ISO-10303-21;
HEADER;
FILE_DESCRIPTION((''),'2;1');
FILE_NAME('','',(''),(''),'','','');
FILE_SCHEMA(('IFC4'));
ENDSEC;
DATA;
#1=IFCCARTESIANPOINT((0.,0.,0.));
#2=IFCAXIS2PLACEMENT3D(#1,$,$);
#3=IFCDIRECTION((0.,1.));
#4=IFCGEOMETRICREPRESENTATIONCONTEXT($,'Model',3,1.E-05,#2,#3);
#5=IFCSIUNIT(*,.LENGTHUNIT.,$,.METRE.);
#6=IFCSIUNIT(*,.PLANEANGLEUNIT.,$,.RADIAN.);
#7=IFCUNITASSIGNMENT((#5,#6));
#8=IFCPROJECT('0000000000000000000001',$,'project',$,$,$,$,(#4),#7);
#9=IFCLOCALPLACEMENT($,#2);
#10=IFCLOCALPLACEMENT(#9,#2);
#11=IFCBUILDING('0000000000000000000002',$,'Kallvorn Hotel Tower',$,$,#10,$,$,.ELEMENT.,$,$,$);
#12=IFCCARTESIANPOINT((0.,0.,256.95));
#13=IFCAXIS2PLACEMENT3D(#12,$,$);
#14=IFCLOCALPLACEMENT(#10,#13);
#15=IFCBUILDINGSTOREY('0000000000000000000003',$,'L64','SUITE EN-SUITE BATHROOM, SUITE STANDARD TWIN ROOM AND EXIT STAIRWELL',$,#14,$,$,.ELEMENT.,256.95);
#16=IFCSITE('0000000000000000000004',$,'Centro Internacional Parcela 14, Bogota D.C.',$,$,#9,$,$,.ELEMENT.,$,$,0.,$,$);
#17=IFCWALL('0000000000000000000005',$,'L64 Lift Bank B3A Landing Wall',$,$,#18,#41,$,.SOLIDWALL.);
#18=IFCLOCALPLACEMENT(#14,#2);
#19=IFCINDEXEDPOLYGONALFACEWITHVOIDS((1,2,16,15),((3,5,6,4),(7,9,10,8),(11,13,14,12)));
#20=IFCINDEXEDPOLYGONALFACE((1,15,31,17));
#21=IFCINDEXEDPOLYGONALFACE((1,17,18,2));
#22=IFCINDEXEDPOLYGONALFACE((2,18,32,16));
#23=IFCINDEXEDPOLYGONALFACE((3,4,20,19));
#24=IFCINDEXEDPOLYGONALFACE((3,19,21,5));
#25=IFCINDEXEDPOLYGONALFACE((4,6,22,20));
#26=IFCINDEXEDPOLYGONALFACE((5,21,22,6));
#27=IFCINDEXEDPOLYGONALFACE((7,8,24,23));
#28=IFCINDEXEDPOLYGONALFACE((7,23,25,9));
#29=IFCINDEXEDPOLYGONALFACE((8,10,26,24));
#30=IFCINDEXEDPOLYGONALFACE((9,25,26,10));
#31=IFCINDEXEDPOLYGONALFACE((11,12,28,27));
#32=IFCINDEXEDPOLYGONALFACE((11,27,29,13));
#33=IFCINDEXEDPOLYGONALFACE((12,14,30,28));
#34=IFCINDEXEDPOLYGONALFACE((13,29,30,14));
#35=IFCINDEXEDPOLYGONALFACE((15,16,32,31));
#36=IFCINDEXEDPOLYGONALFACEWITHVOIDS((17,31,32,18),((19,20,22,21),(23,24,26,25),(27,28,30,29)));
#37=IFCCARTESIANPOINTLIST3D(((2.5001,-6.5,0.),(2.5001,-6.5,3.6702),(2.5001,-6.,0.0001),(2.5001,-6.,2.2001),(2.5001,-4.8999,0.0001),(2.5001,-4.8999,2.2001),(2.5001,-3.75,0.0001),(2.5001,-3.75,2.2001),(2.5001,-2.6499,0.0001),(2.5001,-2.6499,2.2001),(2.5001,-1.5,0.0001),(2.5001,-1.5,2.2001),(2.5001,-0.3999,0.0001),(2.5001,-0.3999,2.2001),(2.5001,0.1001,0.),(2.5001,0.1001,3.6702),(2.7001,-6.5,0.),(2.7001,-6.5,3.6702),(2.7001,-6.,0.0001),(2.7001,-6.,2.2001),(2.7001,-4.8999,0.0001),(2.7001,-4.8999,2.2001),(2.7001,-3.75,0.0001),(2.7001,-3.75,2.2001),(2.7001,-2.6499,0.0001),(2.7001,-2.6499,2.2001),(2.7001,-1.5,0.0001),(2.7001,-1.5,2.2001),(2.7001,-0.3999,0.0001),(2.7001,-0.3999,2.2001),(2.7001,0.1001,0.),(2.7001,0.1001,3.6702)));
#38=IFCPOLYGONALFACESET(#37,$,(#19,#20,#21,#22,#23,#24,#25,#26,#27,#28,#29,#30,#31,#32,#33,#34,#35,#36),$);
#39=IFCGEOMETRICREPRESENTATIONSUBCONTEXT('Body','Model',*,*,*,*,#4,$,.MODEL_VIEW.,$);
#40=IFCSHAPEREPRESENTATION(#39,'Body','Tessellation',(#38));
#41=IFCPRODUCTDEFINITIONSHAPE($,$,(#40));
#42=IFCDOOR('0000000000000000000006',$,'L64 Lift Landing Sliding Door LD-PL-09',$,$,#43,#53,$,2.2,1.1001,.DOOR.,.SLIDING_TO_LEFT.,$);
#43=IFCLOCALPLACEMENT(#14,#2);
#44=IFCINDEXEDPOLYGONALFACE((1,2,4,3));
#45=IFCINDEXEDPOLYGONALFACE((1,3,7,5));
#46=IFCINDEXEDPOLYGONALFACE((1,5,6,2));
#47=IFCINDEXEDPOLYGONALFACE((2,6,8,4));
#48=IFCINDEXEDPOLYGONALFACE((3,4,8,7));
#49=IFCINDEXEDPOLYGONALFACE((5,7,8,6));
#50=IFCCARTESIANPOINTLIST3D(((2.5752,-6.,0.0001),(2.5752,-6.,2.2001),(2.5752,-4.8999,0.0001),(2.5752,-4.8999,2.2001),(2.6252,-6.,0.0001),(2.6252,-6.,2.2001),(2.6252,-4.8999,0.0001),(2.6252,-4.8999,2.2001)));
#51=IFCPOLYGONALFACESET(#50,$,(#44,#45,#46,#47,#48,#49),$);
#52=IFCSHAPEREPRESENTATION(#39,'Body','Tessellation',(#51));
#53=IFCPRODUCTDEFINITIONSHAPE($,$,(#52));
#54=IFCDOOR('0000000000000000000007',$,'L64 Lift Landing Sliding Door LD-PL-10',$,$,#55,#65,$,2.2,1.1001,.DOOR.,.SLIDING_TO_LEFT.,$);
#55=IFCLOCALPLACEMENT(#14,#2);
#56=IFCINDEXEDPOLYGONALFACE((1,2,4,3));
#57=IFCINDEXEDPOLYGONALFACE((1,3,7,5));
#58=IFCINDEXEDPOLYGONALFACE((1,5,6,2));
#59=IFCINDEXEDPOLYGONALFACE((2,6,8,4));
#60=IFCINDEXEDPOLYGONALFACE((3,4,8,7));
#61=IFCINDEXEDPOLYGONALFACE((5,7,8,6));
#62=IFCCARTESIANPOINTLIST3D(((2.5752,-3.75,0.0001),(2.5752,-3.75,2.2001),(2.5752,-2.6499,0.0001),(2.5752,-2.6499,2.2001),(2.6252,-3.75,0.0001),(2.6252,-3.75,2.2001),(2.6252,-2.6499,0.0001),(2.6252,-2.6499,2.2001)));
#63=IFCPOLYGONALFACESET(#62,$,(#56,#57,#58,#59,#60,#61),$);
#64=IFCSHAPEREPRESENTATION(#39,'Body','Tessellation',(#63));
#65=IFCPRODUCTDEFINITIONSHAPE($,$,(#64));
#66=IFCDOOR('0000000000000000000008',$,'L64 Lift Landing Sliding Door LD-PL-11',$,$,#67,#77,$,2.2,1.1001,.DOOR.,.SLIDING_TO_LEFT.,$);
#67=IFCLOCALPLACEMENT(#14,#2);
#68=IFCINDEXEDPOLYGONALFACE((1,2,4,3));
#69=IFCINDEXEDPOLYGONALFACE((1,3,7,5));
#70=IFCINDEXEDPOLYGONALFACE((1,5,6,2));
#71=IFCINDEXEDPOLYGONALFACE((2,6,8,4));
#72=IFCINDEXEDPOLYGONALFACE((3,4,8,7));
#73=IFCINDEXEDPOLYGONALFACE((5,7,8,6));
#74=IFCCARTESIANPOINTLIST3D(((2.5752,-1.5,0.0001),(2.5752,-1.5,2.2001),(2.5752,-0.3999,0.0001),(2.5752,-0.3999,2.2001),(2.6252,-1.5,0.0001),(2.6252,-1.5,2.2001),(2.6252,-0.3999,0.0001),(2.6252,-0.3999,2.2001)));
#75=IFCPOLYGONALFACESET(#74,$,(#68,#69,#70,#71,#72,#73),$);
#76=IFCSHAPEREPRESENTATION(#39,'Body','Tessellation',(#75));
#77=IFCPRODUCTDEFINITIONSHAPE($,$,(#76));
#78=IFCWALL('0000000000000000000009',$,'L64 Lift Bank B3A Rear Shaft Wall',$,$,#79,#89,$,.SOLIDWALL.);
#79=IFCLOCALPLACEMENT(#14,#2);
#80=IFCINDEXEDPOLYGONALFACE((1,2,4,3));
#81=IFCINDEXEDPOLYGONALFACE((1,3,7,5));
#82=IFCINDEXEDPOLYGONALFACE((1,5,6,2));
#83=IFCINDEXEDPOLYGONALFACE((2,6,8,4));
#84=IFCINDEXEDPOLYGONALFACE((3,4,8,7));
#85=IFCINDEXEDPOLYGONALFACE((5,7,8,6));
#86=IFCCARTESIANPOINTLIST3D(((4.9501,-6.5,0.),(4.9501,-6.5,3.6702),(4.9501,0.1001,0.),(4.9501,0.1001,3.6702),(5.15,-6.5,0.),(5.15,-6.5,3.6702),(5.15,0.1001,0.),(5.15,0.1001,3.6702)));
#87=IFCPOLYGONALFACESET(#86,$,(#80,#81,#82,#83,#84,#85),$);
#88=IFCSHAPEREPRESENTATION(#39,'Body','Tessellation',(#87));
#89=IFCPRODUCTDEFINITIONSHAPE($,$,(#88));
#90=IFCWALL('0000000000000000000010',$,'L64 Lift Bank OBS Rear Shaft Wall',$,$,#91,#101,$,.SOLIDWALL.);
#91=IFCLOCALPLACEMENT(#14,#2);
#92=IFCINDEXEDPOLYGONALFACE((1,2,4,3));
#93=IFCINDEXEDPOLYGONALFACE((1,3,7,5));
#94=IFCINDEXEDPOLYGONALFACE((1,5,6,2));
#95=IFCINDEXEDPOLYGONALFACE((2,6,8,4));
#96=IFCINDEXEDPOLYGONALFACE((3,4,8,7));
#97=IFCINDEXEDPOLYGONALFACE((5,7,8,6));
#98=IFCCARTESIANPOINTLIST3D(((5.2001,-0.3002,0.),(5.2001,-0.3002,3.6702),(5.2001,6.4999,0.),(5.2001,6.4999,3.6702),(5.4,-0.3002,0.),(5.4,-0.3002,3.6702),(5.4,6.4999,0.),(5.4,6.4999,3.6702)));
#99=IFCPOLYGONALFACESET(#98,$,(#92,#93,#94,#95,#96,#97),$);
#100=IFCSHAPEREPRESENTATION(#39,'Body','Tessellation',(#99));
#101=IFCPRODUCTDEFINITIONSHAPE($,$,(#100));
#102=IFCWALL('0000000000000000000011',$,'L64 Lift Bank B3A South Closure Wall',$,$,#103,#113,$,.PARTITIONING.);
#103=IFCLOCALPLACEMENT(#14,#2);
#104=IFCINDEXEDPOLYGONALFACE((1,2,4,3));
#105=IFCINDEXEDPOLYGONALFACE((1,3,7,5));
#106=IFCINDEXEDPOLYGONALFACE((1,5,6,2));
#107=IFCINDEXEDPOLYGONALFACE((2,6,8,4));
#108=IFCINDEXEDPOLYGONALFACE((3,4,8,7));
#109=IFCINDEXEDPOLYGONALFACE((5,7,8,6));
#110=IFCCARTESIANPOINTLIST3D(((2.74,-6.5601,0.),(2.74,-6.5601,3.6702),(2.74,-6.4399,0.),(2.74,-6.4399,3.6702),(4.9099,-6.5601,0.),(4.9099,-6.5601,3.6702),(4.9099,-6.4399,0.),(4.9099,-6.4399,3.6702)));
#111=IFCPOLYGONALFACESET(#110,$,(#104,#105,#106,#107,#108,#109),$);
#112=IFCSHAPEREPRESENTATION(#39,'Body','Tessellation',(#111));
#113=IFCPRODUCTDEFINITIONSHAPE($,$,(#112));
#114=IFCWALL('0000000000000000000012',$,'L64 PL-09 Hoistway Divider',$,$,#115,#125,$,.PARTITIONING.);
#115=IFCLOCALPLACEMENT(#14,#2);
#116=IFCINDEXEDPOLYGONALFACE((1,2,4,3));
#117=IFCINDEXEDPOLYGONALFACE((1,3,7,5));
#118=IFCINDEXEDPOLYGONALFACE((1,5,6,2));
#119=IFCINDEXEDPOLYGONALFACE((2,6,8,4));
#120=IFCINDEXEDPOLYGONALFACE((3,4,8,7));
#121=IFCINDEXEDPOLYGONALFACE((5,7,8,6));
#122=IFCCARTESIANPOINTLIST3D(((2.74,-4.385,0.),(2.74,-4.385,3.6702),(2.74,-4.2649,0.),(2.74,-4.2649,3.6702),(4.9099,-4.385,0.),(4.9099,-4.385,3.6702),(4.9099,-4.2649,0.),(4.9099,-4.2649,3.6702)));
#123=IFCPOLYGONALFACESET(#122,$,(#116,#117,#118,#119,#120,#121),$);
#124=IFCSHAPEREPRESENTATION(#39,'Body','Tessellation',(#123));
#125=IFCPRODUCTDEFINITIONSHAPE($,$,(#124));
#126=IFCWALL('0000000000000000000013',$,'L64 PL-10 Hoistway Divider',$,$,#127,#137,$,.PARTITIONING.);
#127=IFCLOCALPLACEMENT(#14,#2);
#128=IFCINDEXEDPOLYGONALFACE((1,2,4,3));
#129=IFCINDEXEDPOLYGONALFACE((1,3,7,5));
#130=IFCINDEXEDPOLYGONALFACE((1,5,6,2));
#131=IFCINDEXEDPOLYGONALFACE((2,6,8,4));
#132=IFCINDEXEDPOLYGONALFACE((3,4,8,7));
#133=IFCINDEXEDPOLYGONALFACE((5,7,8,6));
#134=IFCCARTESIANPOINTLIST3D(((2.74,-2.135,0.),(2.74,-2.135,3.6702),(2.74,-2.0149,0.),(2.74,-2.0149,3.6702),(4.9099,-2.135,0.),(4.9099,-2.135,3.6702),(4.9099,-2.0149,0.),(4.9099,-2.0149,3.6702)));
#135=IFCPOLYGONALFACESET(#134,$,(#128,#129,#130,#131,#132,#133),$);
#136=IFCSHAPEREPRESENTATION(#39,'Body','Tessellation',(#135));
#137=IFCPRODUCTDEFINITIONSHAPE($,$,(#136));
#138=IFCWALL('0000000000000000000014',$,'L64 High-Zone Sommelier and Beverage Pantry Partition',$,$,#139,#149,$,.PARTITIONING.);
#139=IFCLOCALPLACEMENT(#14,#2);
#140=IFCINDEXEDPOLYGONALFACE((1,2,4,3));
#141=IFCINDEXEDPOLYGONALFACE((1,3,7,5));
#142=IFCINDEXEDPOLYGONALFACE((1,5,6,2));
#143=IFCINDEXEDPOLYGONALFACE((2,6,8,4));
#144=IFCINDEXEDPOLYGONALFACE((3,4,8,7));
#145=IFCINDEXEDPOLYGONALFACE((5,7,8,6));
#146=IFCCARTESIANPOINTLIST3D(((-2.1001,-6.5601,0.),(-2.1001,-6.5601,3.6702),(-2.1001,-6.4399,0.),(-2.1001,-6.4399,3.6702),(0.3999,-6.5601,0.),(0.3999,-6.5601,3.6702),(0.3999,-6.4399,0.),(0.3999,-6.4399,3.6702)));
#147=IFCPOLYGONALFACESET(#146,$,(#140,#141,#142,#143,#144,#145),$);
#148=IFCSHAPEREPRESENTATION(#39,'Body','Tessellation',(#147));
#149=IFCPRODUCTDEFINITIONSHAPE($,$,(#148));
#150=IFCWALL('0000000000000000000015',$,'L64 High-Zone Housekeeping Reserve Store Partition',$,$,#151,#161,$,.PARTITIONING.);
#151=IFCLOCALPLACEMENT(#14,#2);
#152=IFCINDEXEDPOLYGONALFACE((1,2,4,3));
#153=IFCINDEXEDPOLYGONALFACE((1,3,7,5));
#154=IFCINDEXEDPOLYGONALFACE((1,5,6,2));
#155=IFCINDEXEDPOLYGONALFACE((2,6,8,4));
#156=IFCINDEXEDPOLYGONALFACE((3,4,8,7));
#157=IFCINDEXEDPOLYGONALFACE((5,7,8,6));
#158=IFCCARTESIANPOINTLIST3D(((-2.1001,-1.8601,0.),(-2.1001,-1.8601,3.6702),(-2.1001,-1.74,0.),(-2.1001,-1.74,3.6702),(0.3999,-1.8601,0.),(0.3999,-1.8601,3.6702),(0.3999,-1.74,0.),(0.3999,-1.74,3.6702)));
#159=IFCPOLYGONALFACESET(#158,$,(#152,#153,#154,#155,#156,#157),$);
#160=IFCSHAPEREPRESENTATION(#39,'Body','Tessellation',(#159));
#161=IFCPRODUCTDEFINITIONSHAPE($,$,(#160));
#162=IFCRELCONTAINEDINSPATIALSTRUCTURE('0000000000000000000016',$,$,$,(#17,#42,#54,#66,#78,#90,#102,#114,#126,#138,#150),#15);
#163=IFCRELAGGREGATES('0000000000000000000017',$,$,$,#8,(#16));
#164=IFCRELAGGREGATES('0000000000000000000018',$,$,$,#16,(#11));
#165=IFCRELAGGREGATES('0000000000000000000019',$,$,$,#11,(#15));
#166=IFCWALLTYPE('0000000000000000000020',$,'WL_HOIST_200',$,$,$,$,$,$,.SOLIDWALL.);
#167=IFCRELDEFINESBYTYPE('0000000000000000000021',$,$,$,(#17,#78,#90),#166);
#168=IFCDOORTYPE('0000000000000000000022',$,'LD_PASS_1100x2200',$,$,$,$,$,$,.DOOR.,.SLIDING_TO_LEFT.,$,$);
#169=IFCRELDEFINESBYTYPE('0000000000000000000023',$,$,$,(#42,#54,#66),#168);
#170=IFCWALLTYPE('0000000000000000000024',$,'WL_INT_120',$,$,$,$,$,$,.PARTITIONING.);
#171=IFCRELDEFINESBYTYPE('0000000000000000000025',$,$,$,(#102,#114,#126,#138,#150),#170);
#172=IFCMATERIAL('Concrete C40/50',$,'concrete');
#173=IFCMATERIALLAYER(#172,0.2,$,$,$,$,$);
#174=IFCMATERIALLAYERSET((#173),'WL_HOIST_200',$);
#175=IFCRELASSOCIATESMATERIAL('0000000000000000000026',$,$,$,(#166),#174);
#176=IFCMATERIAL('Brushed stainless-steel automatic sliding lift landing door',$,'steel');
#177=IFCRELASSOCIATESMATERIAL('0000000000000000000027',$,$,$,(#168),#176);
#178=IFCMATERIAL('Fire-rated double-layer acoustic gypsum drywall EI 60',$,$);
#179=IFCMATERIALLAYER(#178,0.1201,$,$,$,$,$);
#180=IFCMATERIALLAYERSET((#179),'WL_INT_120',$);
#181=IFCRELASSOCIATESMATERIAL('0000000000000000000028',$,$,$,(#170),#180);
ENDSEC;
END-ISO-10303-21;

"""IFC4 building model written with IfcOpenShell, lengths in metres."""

from ifc_helpers import new_model, si_unit, direction, frame, frame_2d, origin, place, context, subcontext, project, spatial, rectangle, extrude, material, layer, layer_set, type_object, element, fill, save


model = new_model("IFC4")

# Units and contexts
model_context = context("Model", 3, precision=1e-05, world=origin(), true_north=direction((0.0, 1.0)))
body_context = subcontext(model_context, "Body", "Model", "MODEL_VIEW")
ifc_project = project(units=[si_unit("LENGTHUNIT", "METRE"), si_unit("PLANEANGLEUNIT", "RADIAN")], contexts=[model_context])

# Site, building, storey
site_placement = place(None, origin())
site = spatial("IfcSite", under=ifc_project, at=site_placement, Name="Centro Internacional Parcela 14, Bogota D.C.", CompositionType="ELEMENT", RefElevation=0.0)
building_placement = place(site_placement, origin())
building = spatial("IfcBuilding", under=site, at=building_placement, Name="Kallvorn Hotel Tower", CompositionType="ELEMENT")
storey_placement = place(building_placement, frame((0.0, 0.0, 256.95)))
storey = spatial("IfcBuildingStorey", under=building, at=storey_placement, Name="L64", Description="SUITE EN-SUITE BATHROOM, SUITE STANDARD TWIN ROOM AND EXIT STAIRWELL", CompositionType="ELEMENT", Elevation=256.95)

# Wall, openings, doors
ifc_material_1 = material(Name="Concrete C40/50", Category="concrete")
ifc_layer_1 = layer(ifc_material_1, 0.2)
ifc_layer_set_1 = layer_set([ifc_layer_1], Name="WL_HOIST_200")
wall_type_1 = type_object("IfcWallType", Name="WL_HOIST_200", PredefinedType="SOLIDWALL", material=ifc_layer_set_1)
wall_1_placement = place(storey_placement, frame((2.6001, -6.5, 0.0), z_axis=(0.0, 0.0, 1.0), x_axis=(0.0, 1.0, 0.0)))
wall_1 = element("IfcWall", 1, at=wall_1_placement, inside=storey, type_object=wall_type_1, Name="L64 Lift Bank B3A Landing Wall", PredefinedType="SOLIDWALL", context=body_context, shape_type="SweptSolid", body=[
    extrude(rectangle(XDim=6.6001, YDim=0.2, at=frame_2d((3.3, 0.0))), origin(), (0.0, 0.0, 1.0), 3.6702),
])
opening_1_placement = place(wall_1_placement, frame((0.5, 0.0, 0.0)))
opening_1 = element("IfcOpeningElement", 2, at=opening_1_placement, cuts=wall_1, PredefinedType="OPENING", context=body_context, shape_type="SweptSolid", body=[
    extrude(rectangle(XDim=1.1001, YDim=2.2, at=frame_2d((0.55, 1.1001))), frame((0.0, 0.115, 0.0), z_axis=(0.0, -1.0, 0.0), x_axis=(1.0, 0.0, 0.0)), (0.0, 0.0, 1.0), 0.23),
])
opening_2_placement = place(wall_1_placement, frame((2.75, 0.0, 0.0)))
opening_2 = element("IfcOpeningElement", 3, at=opening_2_placement, cuts=wall_1, PredefinedType="OPENING", context=body_context, shape_type="SweptSolid", body=[
    extrude(rectangle(XDim=1.1001, YDim=2.2, at=frame_2d((0.55, 1.1001))), frame((0.0, 0.115, 0.0), z_axis=(0.0, -1.0, 0.0), x_axis=(1.0, 0.0, 0.0)), (0.0, 0.0, 1.0), 0.23),
])
opening_3_placement = place(wall_1_placement, frame((5.0, 0.0, 0.0)))
opening_3 = element("IfcOpeningElement", 4, at=opening_3_placement, cuts=wall_1, PredefinedType="OPENING", context=body_context, shape_type="SweptSolid", body=[
    extrude(rectangle(XDim=1.1001, YDim=2.2, at=frame_2d((0.55, 1.1001))), frame((0.0, 0.115, 0.0), z_axis=(0.0, -1.0, 0.0), x_axis=(1.0, 0.0, 0.0)), (0.0, 0.0, 1.0), 0.23),
])
ifc_material_2 = material(Name="Brushed stainless-steel automatic sliding lift landing door", Category="steel")
door_type_1 = type_object("IfcDoorType", Name="LD_PASS_1100x2200", OperationType="SLIDING_TO_LEFT", PredefinedType="DOOR", material=ifc_material_2)
door_1_placement = place(opening_1_placement, origin())
door_1 = element("IfcDoor", 5, at=door_1_placement, inside=storey, type_object=door_type_1, Name="L64 Lift Landing Sliding Door LD-PL-09", OperationType="SLIDING_TO_LEFT", OverallHeight=2.2, OverallWidth=1.1001, PredefinedType="DOOR", context=body_context, shape_type="SweptSolid", body=[
    extrude(rectangle(XDim=1.1001, YDim=2.2, at=frame_2d((0.55, 1.1001))), frame((0.0, 0.0249, 0.0), z_axis=(0.0, -1.0, 0.0), x_axis=(1.0, 0.0, 0.0)), (0.0, 0.0, 1.0), 0.05),
])
fill(opening_1, door_1)
door_2_placement = place(opening_2_placement, origin())
door_2 = element("IfcDoor", 6, at=door_2_placement, inside=storey, type_object=door_type_1, Name="L64 Lift Landing Sliding Door LD-PL-10", OperationType="SLIDING_TO_LEFT", OverallHeight=2.2, OverallWidth=1.1001, PredefinedType="DOOR", context=body_context, shape_type="SweptSolid", body=[
    extrude(rectangle(XDim=1.1001, YDim=2.2, at=frame_2d((0.55, 1.1001))), frame((0.0, 0.0249, 0.0), z_axis=(0.0, -1.0, 0.0), x_axis=(1.0, 0.0, 0.0)), (0.0, 0.0, 1.0), 0.05),
])
fill(opening_2, door_2)
door_3_placement = place(opening_3_placement, origin())
door_3 = element("IfcDoor", 7, at=door_3_placement, inside=storey, type_object=door_type_1, Name="L64 Lift Landing Sliding Door LD-PL-11", OperationType="SLIDING_TO_LEFT", OverallHeight=2.2, OverallWidth=1.1001, PredefinedType="DOOR", context=body_context, shape_type="SweptSolid", body=[
    extrude(rectangle(XDim=1.1001, YDim=2.2, at=frame_2d((0.55, 1.1001))), frame((0.0, 0.0249, 0.0), z_axis=(0.0, -1.0, 0.0), x_axis=(1.0, 0.0, 0.0)), (0.0, 0.0, 1.0), 0.05),
])
fill(opening_3, door_3)

# Walls
wall_2_placement = place(storey_placement, frame((5.05, -6.5, 0.0), z_axis=(0.0, 0.0, 1.0), x_axis=(0.0, 1.0, 0.0)))
element("IfcWall", 8, at=wall_2_placement, inside=storey, type_object=wall_type_1, Name="L64 Lift Bank B3A Rear Shaft Wall", PredefinedType="SOLIDWALL", context=body_context, shape_type="SweptSolid", body=[
    extrude(rectangle(XDim=6.6001, YDim=0.2, at=frame_2d((3.3, 0.0))), origin(), (0.0, 0.0, 1.0), 3.6702),
])
wall_3_placement = place(storey_placement, frame((5.3, -0.3, 0.0), z_axis=(0.0, 0.0, 1.0), x_axis=(0.0, 1.0, 0.0)))
element("IfcWall", 9, at=wall_3_placement, inside=storey, type_object=wall_type_1, Name="L64 Lift Bank OBS Rear Shaft Wall", PredefinedType="SOLIDWALL", context=body_context, shape_type="SweptSolid", body=[
    extrude(rectangle(XDim=6.8, YDim=0.2, at=frame_2d((3.3999, 0.0))), origin(), (0.0, 0.0, 1.0), 3.6702),
])
ifc_material_3 = material(Name="Fire-rated double-layer acoustic gypsum drywall EI 60")
ifc_layer_2 = layer(ifc_material_3, 0.1201)
ifc_layer_set_2 = layer_set([ifc_layer_2], Name="WL_INT_120")
wall_type_2 = type_object("IfcWallType", Name="WL_INT_120", PredefinedType="PARTITIONING", material=ifc_layer_set_2)
for number, where, z_axis, x_axis, name in (
    (10, (2.74, -6.5, 0.0), (0.0, 0.0, 1.0), (1.0, 0.0, 0.0), "L64 Lift Bank B3A South Closure Wall"),
    (11, (2.74, -4.325, 0.0), (0.0, 0.0, 1.0), (1.0, 0.0, 0.0), "L64 PL-09 Hoistway Divider"),
    (12, (2.74, -2.075, 0.0), (0.0, 0.0, 1.0), (1.0, 0.0, 0.0), "L64 PL-10 Hoistway Divider"),
):
    element("IfcWall", number, at=place(storey_placement, frame(where, z_axis=z_axis, x_axis=x_axis)), inside=storey, type_object=wall_type_2, Name=name, PredefinedType="PARTITIONING", context=body_context, shape_type="SweptSolid", body=[
        extrude(rectangle(XDim=2.1699, YDim=0.1201, at=frame_2d((1.085, 0.0))), origin(), (0.0, 0.0, 1.0), 3.6702),
    ])
for number, where, z_axis, x_axis, name in (
    (13, (-2.1001, -6.5, 0.0), (0.0, 0.0, 1.0), (1.0, 0.0, 0.0), "L64 High-Zone Sommelier and Beverage Pantry Partition"),
    (14, (-2.1001, -1.8, 0.0), (0.0, 0.0, 1.0), (1.0, 0.0, 0.0), "L64 High-Zone Housekeeping Reserve Store Partition"),
):
    element("IfcWall", number, at=place(storey_placement, frame(where, z_axis=z_axis, x_axis=x_axis)), inside=storey, type_object=wall_type_2, Name=name, PredefinedType="PARTITIONING", context=body_context, shape_type="SweptSolid", body=[
        extrude(rectangle(XDim=2.5, YDim=0.1201, at=frame_2d((1.25, 0.0))), origin(), (0.0, 0.0, 1.0), 3.6702),
    ])

save(model, "model.ifc")
